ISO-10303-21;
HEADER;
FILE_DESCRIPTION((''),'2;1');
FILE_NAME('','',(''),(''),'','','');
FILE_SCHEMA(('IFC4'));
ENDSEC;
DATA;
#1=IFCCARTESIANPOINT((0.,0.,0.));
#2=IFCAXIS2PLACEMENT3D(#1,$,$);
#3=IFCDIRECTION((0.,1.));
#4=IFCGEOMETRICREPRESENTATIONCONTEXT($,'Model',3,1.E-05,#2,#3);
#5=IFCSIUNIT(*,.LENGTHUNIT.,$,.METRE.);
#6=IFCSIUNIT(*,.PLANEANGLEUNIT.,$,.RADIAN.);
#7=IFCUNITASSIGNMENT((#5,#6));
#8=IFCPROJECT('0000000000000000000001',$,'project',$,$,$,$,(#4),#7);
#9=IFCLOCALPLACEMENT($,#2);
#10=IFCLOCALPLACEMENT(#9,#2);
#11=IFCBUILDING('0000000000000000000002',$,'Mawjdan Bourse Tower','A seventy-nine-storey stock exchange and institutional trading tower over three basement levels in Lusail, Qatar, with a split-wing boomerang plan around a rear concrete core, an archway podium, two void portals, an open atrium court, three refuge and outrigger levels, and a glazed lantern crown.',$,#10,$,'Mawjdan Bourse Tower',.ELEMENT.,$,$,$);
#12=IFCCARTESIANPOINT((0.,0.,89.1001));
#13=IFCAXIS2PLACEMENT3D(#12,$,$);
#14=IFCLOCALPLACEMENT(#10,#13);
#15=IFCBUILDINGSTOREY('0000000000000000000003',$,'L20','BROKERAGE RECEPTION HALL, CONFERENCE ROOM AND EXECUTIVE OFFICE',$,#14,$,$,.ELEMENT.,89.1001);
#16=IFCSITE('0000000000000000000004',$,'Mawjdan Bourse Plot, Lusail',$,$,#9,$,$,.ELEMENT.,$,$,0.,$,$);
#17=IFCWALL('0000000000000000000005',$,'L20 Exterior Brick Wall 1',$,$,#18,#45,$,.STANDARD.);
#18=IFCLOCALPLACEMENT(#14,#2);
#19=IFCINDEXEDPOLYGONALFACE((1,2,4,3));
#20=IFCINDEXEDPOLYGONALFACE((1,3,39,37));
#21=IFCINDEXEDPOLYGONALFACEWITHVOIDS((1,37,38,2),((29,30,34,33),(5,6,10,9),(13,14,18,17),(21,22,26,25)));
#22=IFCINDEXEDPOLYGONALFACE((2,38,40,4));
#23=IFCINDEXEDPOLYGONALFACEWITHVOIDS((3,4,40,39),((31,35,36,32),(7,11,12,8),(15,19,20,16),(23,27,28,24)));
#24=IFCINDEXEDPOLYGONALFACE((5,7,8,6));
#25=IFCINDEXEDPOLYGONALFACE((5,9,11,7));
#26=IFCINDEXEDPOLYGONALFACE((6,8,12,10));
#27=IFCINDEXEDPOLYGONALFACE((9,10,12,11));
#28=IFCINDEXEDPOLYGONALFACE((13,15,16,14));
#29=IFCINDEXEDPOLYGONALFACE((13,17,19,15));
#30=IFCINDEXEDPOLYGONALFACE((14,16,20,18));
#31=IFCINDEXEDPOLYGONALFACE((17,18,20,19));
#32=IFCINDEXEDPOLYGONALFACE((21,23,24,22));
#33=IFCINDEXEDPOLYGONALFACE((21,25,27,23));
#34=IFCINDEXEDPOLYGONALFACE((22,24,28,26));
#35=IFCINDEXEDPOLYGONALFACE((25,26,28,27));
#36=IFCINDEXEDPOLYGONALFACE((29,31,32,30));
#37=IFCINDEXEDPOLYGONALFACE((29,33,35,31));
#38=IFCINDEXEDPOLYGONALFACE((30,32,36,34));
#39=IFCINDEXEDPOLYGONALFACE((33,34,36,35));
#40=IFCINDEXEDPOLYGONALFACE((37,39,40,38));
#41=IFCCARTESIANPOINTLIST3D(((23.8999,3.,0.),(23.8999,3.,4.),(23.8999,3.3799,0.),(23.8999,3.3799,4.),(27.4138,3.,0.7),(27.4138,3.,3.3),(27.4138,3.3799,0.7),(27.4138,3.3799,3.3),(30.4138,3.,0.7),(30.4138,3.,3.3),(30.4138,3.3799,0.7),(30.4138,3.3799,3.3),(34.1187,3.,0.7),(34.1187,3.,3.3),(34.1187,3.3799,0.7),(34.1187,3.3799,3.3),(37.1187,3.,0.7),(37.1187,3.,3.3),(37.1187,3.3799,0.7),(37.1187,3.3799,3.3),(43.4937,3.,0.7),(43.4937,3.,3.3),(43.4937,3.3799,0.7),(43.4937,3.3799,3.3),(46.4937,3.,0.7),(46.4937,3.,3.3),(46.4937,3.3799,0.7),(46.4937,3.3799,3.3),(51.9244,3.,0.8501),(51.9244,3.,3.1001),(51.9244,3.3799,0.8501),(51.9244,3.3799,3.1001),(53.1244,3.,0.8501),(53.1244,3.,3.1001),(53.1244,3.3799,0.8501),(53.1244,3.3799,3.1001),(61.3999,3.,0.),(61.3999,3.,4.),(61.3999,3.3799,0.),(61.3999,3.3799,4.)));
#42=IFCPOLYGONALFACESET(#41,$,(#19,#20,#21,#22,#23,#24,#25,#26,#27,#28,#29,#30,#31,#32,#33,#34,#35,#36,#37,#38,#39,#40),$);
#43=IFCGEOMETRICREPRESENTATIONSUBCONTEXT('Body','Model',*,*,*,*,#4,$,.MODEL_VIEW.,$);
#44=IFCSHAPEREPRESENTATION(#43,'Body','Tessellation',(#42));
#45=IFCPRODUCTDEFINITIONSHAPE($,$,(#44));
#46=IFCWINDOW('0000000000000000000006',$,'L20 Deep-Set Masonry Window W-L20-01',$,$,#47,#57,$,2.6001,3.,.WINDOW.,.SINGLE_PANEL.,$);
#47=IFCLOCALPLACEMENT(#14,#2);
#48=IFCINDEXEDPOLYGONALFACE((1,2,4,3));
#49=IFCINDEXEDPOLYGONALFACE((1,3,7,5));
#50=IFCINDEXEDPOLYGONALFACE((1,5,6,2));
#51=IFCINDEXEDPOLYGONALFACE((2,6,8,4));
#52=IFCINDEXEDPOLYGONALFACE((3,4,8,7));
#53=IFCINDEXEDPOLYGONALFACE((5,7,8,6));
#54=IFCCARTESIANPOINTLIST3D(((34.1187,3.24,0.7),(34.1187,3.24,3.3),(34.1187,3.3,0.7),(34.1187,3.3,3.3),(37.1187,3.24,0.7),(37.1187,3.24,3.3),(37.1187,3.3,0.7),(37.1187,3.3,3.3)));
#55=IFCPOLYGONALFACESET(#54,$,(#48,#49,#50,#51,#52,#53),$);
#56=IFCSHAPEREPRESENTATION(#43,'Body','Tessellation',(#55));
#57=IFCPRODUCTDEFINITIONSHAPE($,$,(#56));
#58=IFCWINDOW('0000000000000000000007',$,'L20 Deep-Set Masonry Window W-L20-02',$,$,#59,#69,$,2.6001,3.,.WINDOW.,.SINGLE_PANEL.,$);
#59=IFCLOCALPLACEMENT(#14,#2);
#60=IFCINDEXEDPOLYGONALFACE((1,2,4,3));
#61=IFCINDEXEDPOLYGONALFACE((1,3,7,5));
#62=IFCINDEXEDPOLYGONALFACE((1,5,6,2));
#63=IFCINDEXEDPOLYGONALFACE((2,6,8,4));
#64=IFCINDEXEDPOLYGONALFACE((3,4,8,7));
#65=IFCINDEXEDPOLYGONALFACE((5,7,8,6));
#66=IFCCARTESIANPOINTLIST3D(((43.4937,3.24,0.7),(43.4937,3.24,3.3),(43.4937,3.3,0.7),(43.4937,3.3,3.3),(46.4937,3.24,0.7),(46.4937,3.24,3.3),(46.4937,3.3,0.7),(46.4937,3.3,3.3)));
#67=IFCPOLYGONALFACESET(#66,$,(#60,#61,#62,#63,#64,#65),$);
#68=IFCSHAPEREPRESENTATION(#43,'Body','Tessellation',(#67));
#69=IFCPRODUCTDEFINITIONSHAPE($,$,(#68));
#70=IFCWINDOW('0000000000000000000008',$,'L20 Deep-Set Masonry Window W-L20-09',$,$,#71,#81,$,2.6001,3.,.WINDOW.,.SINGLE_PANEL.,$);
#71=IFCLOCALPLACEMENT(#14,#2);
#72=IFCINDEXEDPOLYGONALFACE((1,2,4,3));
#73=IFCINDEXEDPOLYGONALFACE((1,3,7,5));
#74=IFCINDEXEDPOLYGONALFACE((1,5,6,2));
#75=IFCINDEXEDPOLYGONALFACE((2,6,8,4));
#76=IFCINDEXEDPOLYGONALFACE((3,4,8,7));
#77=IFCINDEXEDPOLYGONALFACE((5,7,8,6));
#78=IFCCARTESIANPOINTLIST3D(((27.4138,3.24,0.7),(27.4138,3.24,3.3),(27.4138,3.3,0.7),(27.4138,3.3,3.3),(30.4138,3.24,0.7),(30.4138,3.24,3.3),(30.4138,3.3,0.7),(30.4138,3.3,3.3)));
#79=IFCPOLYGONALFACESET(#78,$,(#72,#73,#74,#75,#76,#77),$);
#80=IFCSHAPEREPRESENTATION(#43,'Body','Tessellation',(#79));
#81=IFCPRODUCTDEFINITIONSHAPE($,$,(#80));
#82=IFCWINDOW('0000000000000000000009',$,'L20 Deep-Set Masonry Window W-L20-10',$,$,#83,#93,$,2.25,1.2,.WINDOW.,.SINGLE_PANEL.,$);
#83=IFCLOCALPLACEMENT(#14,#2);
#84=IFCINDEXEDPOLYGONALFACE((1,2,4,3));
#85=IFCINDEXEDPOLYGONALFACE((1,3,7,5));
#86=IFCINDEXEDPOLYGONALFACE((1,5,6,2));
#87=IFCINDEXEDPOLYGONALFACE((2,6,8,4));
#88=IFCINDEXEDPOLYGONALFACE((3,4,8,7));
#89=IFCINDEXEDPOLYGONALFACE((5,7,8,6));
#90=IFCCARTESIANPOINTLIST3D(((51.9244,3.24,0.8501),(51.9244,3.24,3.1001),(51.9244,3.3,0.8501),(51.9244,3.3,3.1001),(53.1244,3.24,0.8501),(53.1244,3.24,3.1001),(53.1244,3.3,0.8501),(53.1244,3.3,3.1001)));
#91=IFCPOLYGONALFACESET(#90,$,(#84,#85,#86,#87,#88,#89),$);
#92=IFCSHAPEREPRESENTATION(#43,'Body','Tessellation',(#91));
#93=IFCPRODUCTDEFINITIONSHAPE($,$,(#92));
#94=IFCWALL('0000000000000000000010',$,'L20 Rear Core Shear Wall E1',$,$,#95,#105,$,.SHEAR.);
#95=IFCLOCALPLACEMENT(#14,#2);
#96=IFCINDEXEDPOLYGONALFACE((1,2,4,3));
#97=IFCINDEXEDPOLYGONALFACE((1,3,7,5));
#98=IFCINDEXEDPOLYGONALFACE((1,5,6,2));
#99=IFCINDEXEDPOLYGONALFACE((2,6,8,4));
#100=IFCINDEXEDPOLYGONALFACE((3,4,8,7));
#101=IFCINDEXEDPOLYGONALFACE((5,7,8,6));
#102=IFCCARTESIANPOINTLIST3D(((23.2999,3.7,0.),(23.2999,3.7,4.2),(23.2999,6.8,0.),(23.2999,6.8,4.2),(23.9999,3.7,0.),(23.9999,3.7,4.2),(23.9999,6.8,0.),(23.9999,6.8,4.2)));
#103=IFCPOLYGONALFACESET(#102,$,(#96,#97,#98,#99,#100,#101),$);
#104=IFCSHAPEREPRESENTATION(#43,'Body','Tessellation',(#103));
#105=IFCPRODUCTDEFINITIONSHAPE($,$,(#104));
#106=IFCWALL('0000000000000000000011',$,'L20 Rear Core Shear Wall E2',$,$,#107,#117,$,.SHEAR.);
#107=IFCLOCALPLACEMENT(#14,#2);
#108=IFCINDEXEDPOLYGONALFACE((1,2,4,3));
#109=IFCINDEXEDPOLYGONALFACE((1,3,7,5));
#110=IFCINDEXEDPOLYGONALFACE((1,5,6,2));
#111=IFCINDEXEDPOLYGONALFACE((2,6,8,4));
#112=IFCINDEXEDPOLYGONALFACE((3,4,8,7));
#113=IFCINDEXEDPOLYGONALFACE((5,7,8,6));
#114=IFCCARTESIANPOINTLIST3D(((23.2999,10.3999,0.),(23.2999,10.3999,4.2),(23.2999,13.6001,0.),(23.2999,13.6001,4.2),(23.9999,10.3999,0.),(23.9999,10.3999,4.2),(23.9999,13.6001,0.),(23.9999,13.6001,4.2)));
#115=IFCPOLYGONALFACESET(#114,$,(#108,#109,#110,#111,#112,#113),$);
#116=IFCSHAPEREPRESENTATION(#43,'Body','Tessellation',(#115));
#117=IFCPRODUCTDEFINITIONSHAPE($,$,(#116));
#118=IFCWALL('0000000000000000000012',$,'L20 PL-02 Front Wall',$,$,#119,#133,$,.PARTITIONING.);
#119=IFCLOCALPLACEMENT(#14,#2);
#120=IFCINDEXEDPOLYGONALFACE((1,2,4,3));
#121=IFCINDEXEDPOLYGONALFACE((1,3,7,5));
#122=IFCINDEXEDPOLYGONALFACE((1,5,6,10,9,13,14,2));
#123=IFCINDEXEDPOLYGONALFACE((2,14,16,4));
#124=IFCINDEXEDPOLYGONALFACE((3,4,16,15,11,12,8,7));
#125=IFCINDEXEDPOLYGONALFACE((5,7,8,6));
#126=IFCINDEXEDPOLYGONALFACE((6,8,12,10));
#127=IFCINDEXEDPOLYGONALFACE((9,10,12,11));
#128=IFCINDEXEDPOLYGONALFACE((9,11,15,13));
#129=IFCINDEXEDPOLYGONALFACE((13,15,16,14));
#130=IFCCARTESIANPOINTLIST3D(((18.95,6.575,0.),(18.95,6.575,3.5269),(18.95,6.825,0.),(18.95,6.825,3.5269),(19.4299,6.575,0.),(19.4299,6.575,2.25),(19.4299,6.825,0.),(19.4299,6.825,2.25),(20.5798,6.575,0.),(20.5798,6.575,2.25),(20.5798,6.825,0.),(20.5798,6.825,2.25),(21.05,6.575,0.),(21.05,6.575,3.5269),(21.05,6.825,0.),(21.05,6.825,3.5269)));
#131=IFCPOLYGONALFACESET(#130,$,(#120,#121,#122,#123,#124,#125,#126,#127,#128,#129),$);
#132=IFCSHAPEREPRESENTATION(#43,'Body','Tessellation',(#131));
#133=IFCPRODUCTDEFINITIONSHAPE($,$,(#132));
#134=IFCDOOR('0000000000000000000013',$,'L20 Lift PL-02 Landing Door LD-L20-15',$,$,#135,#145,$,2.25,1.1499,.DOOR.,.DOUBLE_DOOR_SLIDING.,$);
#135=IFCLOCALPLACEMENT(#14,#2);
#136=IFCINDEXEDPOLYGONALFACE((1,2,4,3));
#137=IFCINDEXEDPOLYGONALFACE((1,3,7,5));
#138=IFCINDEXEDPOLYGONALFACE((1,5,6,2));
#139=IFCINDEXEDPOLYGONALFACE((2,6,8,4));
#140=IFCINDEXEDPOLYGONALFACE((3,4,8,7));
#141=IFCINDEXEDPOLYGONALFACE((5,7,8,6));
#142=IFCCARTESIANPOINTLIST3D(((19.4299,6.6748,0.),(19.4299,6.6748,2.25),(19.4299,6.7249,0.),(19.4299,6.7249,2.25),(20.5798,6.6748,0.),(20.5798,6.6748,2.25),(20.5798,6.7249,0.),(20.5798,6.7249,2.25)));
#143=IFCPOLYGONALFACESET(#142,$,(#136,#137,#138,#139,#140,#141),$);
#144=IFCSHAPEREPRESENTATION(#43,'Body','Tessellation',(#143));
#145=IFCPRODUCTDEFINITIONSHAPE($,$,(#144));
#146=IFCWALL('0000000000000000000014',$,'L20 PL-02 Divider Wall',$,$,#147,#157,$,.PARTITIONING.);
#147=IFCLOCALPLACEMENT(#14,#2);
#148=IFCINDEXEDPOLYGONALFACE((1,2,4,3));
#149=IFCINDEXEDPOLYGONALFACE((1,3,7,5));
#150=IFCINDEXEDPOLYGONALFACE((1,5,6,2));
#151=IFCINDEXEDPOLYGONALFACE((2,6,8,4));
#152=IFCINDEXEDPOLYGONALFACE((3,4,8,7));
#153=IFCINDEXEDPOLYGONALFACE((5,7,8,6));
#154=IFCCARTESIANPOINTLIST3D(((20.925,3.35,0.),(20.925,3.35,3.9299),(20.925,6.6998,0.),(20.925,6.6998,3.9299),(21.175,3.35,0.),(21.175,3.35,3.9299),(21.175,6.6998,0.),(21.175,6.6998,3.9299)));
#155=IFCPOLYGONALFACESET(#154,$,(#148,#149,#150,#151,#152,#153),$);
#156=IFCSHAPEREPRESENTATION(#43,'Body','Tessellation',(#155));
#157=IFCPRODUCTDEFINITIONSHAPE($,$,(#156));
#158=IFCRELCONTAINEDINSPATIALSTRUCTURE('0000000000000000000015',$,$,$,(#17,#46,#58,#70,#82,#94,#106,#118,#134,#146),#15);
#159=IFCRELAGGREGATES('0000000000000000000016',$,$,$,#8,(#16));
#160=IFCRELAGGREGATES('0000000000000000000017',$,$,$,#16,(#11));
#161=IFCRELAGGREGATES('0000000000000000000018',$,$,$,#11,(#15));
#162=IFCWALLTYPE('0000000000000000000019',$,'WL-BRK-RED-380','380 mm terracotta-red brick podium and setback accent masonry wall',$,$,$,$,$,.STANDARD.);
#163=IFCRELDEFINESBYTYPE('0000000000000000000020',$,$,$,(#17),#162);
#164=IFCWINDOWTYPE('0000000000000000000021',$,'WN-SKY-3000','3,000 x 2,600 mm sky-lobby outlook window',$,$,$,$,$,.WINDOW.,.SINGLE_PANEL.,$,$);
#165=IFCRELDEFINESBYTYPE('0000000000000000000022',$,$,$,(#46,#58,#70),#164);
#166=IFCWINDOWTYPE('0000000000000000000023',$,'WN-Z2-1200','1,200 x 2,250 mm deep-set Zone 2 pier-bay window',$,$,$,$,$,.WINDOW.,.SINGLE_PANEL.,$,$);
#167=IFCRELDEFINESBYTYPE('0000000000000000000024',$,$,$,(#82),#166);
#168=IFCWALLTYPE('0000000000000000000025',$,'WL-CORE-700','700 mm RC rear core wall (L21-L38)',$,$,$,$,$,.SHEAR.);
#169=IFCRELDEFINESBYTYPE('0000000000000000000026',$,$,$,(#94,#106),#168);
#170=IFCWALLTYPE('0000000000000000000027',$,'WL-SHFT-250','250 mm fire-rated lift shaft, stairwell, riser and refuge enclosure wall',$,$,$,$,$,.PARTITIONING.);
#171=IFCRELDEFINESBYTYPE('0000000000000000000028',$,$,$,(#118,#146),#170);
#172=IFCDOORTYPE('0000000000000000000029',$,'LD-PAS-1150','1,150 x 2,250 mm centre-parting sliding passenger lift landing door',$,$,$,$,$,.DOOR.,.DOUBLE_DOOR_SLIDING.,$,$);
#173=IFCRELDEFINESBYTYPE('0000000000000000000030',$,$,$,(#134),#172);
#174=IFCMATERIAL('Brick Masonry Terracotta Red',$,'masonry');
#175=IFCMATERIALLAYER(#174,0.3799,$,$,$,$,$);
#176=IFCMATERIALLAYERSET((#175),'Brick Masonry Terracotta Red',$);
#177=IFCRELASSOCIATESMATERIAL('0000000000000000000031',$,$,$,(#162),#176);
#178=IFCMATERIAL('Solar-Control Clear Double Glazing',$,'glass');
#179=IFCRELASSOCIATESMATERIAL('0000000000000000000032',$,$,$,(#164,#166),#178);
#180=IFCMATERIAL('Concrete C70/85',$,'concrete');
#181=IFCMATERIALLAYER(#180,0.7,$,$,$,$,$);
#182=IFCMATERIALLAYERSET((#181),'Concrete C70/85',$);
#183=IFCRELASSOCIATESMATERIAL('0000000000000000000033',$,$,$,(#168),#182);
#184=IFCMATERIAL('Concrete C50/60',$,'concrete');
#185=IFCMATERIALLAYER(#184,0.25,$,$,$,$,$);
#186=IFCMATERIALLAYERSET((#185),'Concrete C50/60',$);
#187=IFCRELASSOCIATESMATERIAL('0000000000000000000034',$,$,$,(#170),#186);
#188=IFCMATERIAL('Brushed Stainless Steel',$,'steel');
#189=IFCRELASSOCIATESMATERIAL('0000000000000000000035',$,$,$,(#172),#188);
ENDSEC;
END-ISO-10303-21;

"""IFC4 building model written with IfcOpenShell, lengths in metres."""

from ifc_helpers import new_model, si_unit, direction, frame, frame_2d, origin, place, context, subcontext, project, spatial, rectangle, extrude, material, layer, layer_set, type_object, element, fill, save


model = new_model("IFC4")

# Units and contexts
model_context = context("Model", 3, precision=1e-05, world=origin(), true_north=direction((0.0, 1.0)))
body_context = subcontext(model_context, "Body", "Model", "MODEL_VIEW")
ifc_project = project(units=[si_unit("LENGTHUNIT", "METRE"), si_unit("PLANEANGLEUNIT", "RADIAN")], contexts=[model_context])

# Site, building, storey
site_placement = place(None, origin())
site = spatial("IfcSite", under=ifc_project, at=site_placement, Name="Mawjdan Bourse Plot, Lusail", CompositionType="ELEMENT", RefElevation=0.0)
building_placement = place(site_placement, origin())
building = spatial("IfcBuilding", under=site, at=building_placement, Name="Mawjdan Bourse Tower", Description="A seventy-nine-storey stock exchange and institutional trading tower over three basement levels in Lusail, Qatar, with a split-wing boomerang plan around a rear concrete core, an archway podium, two void portals, an open atrium court, three refuge and outrigger levels, and a glazed lantern crown.", LongName="Mawjdan Bourse Tower", CompositionType="ELEMENT")
storey_placement = place(building_placement, frame((0.0, 0.0, 89.1001)))
storey = spatial("IfcBuildingStorey", under=building, at=storey_placement, Name="L20", Description="BROKERAGE RECEPTION HALL, CONFERENCE ROOM AND EXECUTIVE OFFICE", CompositionType="ELEMENT", Elevation=89.1001)

# Shared definitions
ifc_material_1 = material(Name="Concrete C70/85", Category="concrete")

# Wall, openings, windows
ifc_material_2 = material(Name="Brick Masonry Terracotta Red", Category="masonry")
ifc_layer_1 = layer(ifc_material_2, 0.3799)
ifc_layer_set_1 = layer_set([ifc_layer_1], Name="Brick Masonry Terracotta Red")
wall_type_1 = type_object("IfcWallType", Name="WL-BRK-RED-380", Description="380 mm terracotta-red brick podium and setback accent masonry wall", PredefinedType="STANDARD", material=ifc_layer_set_1)
wall_1_placement = place(storey_placement, frame((23.8999, 3.1899, 0.0), z_axis=(0.0, 0.0, 1.0), x_axis=(1.0, 0.0, 0.0)))
wall_1 = element("IfcWall", 1, at=wall_1_placement, inside=storey, type_object=wall_type_1, Name="L20 Exterior Brick Wall 1", PredefinedType="STANDARD", context=body_context, shape_type="SweptSolid", body=[
    extrude(rectangle(XDim=37.5, YDim=0.3799, at=frame_2d((18.75, 0.0))), origin(), (0.0, 0.0, 1.0), 4.0),
])
opening_1_placement = place(wall_1_placement, frame((10.2188, 0.0, 0.7)))
opening_1 = element("IfcOpeningElement", 2, at=opening_1_placement, cuts=wall_1, PredefinedType="OPENING", context=body_context, shape_type="SweptSolid", body=[
    extrude(rectangle(XDim=3.0, YDim=2.6001, at=frame_2d((1.5, 1.3))), frame((0.0, 0.2, 0.0), z_axis=(0.0, -1.0, 0.0), x_axis=(1.0, 0.0, 0.0)), (0.0, 0.0, 1.0), 0.3999),
])
opening_2_placement = place(wall_1_placement, frame((19.5938, 0.0, 0.7)))
opening_2 = element("IfcOpeningElement", 3, at=opening_2_placement, cuts=wall_1, PredefinedType="OPENING", context=body_context, shape_type="SweptSolid", body=[
    extrude(rectangle(XDim=3.0, YDim=2.6001, at=frame_2d((1.5, 1.3))), frame((0.0, 0.2, 0.0), z_axis=(0.0, -1.0, 0.0), x_axis=(1.0, 0.0, 0.0)), (0.0, 0.0, 1.0), 0.3999),
])
opening_3_placement = place(wall_1_placement, frame((3.5139, 0.0, 0.7)))
opening_3 = element("IfcOpeningElement", 4, at=opening_3_placement, cuts=wall_1, PredefinedType="OPENING", context=body_context, shape_type="SweptSolid", body=[
    extrude(rectangle(XDim=3.0, YDim=2.6001, at=frame_2d((1.5, 1.3))), frame((0.0, 0.2, 0.0), z_axis=(0.0, -1.0, 0.0), x_axis=(1.0, 0.0, 0.0)), (0.0, 0.0, 1.0), 0.3999),
])
opening_4_placement = place(wall_1_placement, frame((28.0244, 0.0, 0.8501)))
opening_4 = element("IfcOpeningElement", 5, at=opening_4_placement, cuts=wall_1, PredefinedType="OPENING", context=body_context, shape_type="SweptSolid", body=[
    extrude(rectangle(XDim=1.2, YDim=2.25, at=frame_2d((0.6001, 1.125))), frame((0.0, 0.2, 0.0), z_axis=(0.0, -1.0, 0.0), x_axis=(1.0, 0.0, 0.0)), (0.0, 0.0, 1.0), 0.3999),
])
ifc_material_3 = material(Name="Solar-Control Clear Double Glazing", Category="glass")
window_type_1 = type_object("IfcWindowType", Name="WN-SKY-3000", Description="3,000 x 2,600 mm sky-lobby outlook window", PartitioningType="SINGLE_PANEL", PredefinedType="WINDOW", material=ifc_material_3)
window_1_placement = place(opening_1_placement, origin())
window_1 = element("IfcWindow", 6, at=window_1_placement, inside=storey, type_object=window_type_1, Name="L20 Deep-Set Masonry Window W-L20-01", OverallHeight=2.6001, OverallWidth=3.0, PartitioningType="SINGLE_PANEL", PredefinedType="WINDOW", context=body_context, shape_type="SweptSolid", body=[
    extrude(rectangle(XDim=3.0, YDim=2.6001, at=frame_2d((1.5, 1.3))), frame((0.0, 0.1101, 0.0), z_axis=(0.0, -1.0, 0.0), x_axis=(1.0, 0.0, 0.0)), (0.0, 0.0, 1.0), 0.0601),
])
fill(opening_1, window_1)
window_2_placement = place(opening_2_placement, origin())
window_2 = element("IfcWindow", 7, at=window_2_placement, inside=storey, type_object=window_type_1, Name="L20 Deep-Set Masonry Window W-L20-02", OverallHeight=2.6001, OverallWidth=3.0, PartitioningType="SINGLE_PANEL", PredefinedType="WINDOW", context=body_context, shape_type="SweptSolid", body=[
    extrude(rectangle(XDim=3.0, YDim=2.6001, at=frame_2d((1.5, 1.3))), frame((0.0, 0.1101, 0.0), z_axis=(0.0, -1.0, 0.0), x_axis=(1.0, 0.0, 0.0)), (0.0, 0.0, 1.0), 0.0601),
])
fill(opening_2, window_2)
window_3_placement = place(opening_3_placement, origin())
window_3 = element("IfcWindow", 8, at=window_3_placement, inside=storey, type_object=window_type_1, Name="L20 Deep-Set Masonry Window W-L20-09", OverallHeight=2.6001, OverallWidth=3.0, PartitioningType="SINGLE_PANEL", PredefinedType="WINDOW", context=body_context, shape_type="SweptSolid", body=[
    extrude(rectangle(XDim=3.0, YDim=2.6001, at=frame_2d((1.5, 1.3))), frame((0.0, 0.1101, 0.0), z_axis=(0.0, -1.0, 0.0), x_axis=(1.0, 0.0, 0.0)), (0.0, 0.0, 1.0), 0.0601),
])
fill(opening_3, window_3)
window_type_2 = type_object("IfcWindowType", Name="WN-Z2-1200", Description="1,200 x 2,250 mm deep-set Zone 2 pier-bay window", PartitioningType="SINGLE_PANEL", PredefinedType="WINDOW", material=ifc_material_3)
window_4_placement = place(opening_4_placement, origin())
window_4 = element("IfcWindow", 9, at=window_4_placement, inside=storey, type_object=window_type_2, Name="L20 Deep-Set Masonry Window W-L20-10", OverallHeight=2.25, OverallWidth=1.2, PartitioningType="SINGLE_PANEL", PredefinedType="WINDOW", context=body_context, shape_type="SweptSolid", body=[
    extrude(rectangle(XDim=1.2, YDim=2.25, at=frame_2d((0.6001, 1.125))), frame((0.0, 0.1101, 0.0), z_axis=(0.0, -1.0, 0.0), x_axis=(1.0, 0.0, 0.0)), (0.0, 0.0, 1.0), 0.0601),
])
fill(opening_4, window_4)

# Walls
ifc_layer_2 = layer(ifc_material_1, 0.7)
ifc_layer_set_2 = layer_set([ifc_layer_2], Name="Concrete C70/85")
wall_type_2 = type_object("IfcWallType", Name="WL-CORE-700", Description="700 mm RC rear core wall (L21-L38)", PredefinedType="SHEAR", material=ifc_layer_set_2)
wall_2_placement = place(storey_placement, frame((23.6499, 3.7, 0.0), z_axis=(0.0, 0.0, 1.0), x_axis=(0.0, 1.0, 0.0)))
element("IfcWall", 10, at=wall_2_placement, inside=storey, type_object=wall_type_2, Name="L20 Rear Core Shear Wall E1", PredefinedType="SHEAR", context=body_context, shape_type="SweptSolid", body=[
    extrude(rectangle(XDim=3.1001, YDim=0.7, at=frame_2d((1.55, 0.0))), origin(), (0.0, 0.0, 1.0), 4.2),
])
wall_3_placement = place(storey_placement, frame((23.6499, 10.3999, 0.0), z_axis=(0.0, 0.0, 1.0), x_axis=(0.0, 1.0, 0.0)))
element("IfcWall", 11, at=wall_3_placement, inside=storey, type_object=wall_type_2, Name="L20 Rear Core Shear Wall E2", PredefinedType="SHEAR", context=body_context, shape_type="SweptSolid", body=[
    extrude(rectangle(XDim=3.2002, YDim=0.7, at=frame_2d((1.6001, 0.0))), origin(), (0.0, 0.0, 1.0), 4.2),
])

# Wall, opening, door
ifc_material_4 = material(Name="Concrete C50/60", Category="concrete")
ifc_layer_3 = layer(ifc_material_4, 0.25)
ifc_layer_set_3 = layer_set([ifc_layer_3], Name="Concrete C50/60")
wall_type_3 = type_object("IfcWallType", Name="WL-SHFT-250", Description="250 mm fire-rated lift shaft, stairwell, riser and refuge enclosure wall", PredefinedType="PARTITIONING", material=ifc_layer_set_3)
wall_4_placement = place(storey_placement, frame((18.95, 6.7, 0.0), z_axis=(0.0, 0.0, 1.0), x_axis=(1.0, 0.0, 0.0)))
wall_4 = element("IfcWall", 12, at=wall_4_placement, inside=storey, type_object=wall_type_3, Name="L20 PL-02 Front Wall", PredefinedType="PARTITIONING", context=body_context, shape_type="SweptSolid", body=[
    extrude(rectangle(XDim=2.1001, YDim=0.25, at=frame_2d((1.05, 0.0))), origin(), (0.0, 0.0, 1.0), 3.5269),
])
opening_5_placement = place(wall_4_placement, frame((0.48, 0.0, 0.0)))
opening_5 = element("IfcOpeningElement", 13, at=opening_5_placement, cuts=wall_4, PredefinedType="OPENING", context=body_context, shape_type="SweptSolid", body=[
    extrude(rectangle(XDim=1.1499, YDim=2.25, at=frame_2d((0.575, 1.125))), frame((0.0, 0.135, 0.0), z_axis=(0.0, -1.0, 0.0), x_axis=(1.0, 0.0, 0.0)), (0.0, 0.0, 1.0), 0.27),
])
ifc_material_5 = material(Name="Brushed Stainless Steel", Category="steel")
door_type = type_object("IfcDoorType", Name="LD-PAS-1150", Description="1,150 x 2,250 mm centre-parting sliding passenger lift landing door", OperationType="DOUBLE_DOOR_SLIDING", PredefinedType="DOOR", material=ifc_material_5)
door_1_placement = place(opening_5_placement, origin())
door_1 = element("IfcDoor", 14, at=door_1_placement, inside=storey, type_object=door_type, Name="L20 Lift PL-02 Landing Door LD-L20-15", OperationType="DOUBLE_DOOR_SLIDING", OverallHeight=2.25, OverallWidth=1.1499, PredefinedType="DOOR", context=body_context, shape_type="SweptSolid", body=[
    extrude(rectangle(XDim=1.1499, YDim=2.25, at=frame_2d((0.575, 1.125))), frame((0.0, 0.0249, 0.0), z_axis=(0.0, -1.0, 0.0), x_axis=(1.0, 0.0, 0.0)), (0.0, 0.0, 1.0), 0.05),
])
fill(opening_5, door_1)

# Wall
wall_5_placement = place(storey_placement, frame((21.05, 3.3501, 0.0), z_axis=(0.0, 0.0, 1.0), x_axis=(0.0, 1.0, 0.0)))
element("IfcWall", 15, at=wall_5_placement, inside=storey, type_object=wall_type_3, Name="L20 PL-02 Divider Wall", PredefinedType="PARTITIONING", context=body_context, shape_type="SweptSolid", body=[
    extrude(rectangle(XDim=3.3499, YDim=0.25, at=frame_2d((1.6748, 0.0))), origin(), (0.0, 0.0, 1.0), 3.9299),
])

save(model, "model.ifc")
